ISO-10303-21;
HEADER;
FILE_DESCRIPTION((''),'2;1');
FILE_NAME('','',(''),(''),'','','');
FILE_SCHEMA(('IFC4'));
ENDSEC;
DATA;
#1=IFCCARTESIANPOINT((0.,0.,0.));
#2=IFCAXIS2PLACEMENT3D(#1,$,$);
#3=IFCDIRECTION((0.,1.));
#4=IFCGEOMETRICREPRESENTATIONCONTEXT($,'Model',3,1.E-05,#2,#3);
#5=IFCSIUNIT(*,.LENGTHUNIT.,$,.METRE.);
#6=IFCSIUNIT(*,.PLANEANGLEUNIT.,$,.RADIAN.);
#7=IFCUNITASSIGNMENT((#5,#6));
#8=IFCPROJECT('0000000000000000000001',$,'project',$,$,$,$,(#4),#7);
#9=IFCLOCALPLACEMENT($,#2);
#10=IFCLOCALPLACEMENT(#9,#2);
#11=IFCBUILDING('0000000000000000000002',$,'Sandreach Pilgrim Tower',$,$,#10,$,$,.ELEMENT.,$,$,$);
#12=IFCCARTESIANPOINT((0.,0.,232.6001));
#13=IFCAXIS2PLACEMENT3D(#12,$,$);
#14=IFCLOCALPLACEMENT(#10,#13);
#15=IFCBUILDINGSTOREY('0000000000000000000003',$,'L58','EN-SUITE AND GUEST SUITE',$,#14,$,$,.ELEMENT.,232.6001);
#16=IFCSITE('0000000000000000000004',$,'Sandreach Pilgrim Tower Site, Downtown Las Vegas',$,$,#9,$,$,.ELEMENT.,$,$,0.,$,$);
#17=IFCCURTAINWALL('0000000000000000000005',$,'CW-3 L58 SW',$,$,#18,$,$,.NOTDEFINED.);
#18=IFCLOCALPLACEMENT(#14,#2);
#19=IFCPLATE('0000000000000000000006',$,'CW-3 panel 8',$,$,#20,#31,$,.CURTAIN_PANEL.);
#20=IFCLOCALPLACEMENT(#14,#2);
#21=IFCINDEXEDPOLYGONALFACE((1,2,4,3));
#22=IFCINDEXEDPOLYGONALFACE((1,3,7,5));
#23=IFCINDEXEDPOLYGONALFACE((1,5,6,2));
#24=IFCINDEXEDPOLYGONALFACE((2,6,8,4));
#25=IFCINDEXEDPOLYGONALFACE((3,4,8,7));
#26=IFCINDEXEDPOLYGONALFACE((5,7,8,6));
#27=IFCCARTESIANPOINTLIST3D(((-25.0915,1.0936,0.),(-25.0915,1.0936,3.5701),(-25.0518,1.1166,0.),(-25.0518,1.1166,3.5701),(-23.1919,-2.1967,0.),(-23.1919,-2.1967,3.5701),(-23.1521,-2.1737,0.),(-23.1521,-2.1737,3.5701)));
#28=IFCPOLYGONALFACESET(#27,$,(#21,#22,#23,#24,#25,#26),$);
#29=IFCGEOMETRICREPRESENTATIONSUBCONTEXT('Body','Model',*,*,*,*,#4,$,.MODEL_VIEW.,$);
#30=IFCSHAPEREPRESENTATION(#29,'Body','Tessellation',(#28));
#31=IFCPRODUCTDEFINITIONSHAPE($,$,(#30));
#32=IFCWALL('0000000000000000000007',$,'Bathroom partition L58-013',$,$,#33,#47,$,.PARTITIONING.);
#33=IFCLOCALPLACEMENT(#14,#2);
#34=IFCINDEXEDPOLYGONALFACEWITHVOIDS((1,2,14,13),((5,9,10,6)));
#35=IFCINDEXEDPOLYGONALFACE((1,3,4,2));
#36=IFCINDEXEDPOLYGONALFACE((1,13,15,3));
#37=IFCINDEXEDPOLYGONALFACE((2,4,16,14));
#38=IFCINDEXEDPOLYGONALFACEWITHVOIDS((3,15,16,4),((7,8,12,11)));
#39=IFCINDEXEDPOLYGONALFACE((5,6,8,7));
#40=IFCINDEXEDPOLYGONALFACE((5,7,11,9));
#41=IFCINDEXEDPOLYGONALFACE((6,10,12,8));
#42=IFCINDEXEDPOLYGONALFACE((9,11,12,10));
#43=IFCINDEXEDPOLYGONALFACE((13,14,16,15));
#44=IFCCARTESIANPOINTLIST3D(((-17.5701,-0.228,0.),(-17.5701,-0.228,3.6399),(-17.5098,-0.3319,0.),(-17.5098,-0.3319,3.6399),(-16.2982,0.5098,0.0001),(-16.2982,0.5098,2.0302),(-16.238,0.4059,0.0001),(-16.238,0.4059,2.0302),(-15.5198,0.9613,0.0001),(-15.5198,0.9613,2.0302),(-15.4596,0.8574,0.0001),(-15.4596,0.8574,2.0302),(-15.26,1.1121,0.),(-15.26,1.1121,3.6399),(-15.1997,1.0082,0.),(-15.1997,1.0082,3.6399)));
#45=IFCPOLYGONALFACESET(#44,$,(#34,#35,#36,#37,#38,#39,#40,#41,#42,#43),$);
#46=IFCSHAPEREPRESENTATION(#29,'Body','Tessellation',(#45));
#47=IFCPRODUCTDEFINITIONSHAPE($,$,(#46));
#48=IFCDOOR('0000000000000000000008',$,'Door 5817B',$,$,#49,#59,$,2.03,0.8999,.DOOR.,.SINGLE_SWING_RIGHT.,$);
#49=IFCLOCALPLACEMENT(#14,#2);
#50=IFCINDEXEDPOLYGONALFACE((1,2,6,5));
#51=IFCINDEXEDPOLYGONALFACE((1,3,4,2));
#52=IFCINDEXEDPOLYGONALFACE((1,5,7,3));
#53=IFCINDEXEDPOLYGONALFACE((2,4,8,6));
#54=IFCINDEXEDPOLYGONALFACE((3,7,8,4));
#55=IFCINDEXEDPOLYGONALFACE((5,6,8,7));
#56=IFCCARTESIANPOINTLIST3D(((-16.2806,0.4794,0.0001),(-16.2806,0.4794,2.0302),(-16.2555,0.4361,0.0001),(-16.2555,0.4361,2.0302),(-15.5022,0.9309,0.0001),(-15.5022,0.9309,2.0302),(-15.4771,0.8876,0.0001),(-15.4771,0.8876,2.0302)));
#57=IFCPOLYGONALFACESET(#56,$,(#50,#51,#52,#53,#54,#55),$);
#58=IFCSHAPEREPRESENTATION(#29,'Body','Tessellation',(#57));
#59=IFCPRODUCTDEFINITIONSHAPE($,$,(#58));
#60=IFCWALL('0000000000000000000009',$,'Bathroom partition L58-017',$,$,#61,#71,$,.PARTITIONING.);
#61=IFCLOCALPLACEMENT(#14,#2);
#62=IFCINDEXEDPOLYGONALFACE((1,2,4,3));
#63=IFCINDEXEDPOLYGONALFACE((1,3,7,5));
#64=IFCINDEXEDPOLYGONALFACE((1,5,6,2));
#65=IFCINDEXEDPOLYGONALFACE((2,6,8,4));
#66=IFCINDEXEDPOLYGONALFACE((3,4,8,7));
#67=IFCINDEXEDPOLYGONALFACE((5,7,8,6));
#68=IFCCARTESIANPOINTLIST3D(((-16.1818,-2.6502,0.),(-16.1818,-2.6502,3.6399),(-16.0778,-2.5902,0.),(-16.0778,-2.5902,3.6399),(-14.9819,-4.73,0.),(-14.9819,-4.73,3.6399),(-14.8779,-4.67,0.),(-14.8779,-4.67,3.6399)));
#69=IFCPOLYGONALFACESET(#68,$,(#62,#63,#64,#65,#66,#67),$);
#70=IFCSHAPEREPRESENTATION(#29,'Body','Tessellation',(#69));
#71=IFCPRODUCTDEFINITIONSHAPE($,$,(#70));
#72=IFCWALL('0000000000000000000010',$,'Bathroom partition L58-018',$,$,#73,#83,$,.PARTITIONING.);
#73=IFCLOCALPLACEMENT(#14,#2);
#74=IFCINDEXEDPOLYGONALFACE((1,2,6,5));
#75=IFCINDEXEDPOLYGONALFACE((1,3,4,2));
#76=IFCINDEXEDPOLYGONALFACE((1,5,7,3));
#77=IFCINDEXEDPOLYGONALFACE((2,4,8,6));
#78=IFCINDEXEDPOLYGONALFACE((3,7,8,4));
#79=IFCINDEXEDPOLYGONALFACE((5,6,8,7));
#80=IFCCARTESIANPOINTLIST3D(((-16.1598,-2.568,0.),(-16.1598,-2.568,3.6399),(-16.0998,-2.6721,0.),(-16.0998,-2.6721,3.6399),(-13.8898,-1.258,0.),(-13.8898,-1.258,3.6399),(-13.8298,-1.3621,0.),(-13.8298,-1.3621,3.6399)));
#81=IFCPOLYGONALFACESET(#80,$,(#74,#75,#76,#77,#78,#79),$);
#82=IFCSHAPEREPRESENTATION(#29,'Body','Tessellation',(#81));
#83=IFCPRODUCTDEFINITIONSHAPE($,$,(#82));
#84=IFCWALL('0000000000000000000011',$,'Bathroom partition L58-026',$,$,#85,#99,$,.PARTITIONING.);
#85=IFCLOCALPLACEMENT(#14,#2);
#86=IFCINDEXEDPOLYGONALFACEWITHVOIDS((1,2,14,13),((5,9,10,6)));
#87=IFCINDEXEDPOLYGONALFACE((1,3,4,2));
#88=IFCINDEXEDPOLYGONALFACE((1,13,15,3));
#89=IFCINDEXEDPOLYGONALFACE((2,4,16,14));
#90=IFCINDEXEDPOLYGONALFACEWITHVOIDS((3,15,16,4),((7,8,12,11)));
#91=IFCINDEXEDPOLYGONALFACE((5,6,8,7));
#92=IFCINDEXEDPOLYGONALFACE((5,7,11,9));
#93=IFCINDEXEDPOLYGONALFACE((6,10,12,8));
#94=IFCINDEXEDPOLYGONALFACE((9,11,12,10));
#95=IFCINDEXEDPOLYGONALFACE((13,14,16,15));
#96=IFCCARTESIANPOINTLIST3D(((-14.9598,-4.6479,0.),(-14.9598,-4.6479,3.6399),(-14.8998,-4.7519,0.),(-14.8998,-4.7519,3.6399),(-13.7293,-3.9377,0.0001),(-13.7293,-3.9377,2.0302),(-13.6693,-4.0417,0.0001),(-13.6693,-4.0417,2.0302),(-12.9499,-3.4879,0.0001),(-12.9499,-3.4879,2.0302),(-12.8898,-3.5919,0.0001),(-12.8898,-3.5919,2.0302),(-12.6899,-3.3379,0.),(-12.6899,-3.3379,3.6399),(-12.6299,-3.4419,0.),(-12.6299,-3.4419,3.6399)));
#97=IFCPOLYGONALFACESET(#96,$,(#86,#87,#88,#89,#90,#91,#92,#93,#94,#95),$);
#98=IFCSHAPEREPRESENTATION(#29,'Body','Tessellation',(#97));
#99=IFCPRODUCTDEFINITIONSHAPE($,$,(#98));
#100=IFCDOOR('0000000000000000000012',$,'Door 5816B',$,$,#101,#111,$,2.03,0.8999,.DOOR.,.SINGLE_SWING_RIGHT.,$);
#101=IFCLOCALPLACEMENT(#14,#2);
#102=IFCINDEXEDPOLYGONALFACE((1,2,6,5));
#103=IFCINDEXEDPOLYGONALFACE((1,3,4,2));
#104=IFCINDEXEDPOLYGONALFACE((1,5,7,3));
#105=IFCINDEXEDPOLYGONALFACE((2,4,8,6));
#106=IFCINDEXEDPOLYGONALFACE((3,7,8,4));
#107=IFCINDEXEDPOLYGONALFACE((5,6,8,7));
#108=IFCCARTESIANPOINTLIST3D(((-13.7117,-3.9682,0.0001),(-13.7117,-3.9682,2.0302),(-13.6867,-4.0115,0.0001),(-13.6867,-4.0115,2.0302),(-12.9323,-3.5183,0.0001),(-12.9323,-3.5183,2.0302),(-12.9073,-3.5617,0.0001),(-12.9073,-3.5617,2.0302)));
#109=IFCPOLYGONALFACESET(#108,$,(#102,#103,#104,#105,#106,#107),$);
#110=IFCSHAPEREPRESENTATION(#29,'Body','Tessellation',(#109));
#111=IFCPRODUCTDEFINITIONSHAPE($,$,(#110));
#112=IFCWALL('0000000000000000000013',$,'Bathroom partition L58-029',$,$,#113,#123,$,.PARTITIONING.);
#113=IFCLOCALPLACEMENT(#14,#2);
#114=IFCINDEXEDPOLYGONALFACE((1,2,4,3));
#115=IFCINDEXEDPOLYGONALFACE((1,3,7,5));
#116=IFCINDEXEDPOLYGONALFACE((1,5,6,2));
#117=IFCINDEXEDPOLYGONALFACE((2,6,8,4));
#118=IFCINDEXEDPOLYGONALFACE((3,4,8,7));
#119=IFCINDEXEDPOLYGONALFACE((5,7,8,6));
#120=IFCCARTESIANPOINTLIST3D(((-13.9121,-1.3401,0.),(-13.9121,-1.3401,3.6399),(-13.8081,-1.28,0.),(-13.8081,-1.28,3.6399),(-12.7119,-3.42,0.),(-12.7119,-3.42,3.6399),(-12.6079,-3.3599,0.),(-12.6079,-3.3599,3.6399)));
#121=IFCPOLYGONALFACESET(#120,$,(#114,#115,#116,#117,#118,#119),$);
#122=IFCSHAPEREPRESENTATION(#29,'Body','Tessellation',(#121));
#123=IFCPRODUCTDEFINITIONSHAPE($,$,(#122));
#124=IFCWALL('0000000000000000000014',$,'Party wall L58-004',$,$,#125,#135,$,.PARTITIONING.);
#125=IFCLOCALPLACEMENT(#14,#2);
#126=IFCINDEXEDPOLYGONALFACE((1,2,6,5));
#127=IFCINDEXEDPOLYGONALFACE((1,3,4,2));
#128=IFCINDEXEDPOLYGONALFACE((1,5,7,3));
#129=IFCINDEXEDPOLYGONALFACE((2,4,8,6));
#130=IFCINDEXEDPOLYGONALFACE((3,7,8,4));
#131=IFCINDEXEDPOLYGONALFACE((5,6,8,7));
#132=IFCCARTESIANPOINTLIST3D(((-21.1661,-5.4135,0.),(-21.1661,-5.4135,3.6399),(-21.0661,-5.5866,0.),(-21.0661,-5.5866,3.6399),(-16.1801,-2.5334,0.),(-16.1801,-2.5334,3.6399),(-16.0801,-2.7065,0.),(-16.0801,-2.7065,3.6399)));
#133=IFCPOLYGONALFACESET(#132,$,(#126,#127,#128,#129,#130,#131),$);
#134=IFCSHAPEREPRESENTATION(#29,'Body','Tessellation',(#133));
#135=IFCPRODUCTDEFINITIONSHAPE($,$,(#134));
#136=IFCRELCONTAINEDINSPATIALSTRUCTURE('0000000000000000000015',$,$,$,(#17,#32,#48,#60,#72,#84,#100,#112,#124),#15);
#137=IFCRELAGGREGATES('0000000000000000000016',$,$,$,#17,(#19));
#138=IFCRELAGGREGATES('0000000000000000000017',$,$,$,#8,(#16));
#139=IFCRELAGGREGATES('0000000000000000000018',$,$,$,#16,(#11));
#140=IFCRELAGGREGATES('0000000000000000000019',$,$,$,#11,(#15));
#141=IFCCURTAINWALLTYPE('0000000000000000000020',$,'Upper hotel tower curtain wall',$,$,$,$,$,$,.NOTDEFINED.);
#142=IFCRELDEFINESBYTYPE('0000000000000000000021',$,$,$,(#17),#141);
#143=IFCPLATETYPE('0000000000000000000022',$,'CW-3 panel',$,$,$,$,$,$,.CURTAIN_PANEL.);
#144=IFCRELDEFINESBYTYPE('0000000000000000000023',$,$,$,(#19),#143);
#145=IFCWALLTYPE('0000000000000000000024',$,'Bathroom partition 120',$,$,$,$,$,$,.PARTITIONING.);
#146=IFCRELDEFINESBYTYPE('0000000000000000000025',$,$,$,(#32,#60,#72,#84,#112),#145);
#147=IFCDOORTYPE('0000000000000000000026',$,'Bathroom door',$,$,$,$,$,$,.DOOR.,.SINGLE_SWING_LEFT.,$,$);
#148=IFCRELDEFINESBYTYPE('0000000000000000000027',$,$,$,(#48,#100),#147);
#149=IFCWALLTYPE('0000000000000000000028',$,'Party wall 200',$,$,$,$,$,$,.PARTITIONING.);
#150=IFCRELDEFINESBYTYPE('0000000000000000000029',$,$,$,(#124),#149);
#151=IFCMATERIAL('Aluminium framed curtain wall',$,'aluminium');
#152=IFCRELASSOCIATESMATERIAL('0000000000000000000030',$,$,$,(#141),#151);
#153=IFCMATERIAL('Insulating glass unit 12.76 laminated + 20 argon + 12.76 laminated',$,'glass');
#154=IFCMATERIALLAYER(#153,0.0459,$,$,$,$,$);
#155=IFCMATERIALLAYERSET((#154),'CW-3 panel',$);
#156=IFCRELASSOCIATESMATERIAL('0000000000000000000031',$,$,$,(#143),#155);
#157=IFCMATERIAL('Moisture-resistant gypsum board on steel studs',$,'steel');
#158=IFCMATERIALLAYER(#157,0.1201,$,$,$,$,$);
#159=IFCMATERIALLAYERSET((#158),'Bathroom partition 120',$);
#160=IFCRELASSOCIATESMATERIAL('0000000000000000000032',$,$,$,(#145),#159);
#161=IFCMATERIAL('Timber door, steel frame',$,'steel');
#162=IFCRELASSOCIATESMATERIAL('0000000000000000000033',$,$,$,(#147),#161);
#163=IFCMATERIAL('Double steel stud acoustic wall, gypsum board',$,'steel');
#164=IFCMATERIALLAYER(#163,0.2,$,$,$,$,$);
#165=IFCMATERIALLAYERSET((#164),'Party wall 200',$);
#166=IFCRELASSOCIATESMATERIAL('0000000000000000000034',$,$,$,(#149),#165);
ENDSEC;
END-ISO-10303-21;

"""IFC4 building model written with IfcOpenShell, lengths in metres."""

from ifc_helpers import new_model, si_unit, direction, frame, frame_2d, origin, origin_2d, place, context, subcontext, project, spatial, rectangle, extrude, material, layer, layer_set, type_object, element, fill, aggregate, save


model = new_model("IFC4")

# Units and contexts
model_context = context("Model", 3, precision=1e-05, world=origin(), true_north=direction((0.0, 1.0)))
body_context = subcontext(model_context, "Body", "Model", "MODEL_VIEW")
ifc_project = project(units=[si_unit("LENGTHUNIT", "METRE"), si_unit("PLANEANGLEUNIT", "RADIAN")], contexts=[model_context])

# Site, building, storey
site_placement = place(None, origin())
site = spatial("IfcSite", under=ifc_project, at=site_placement, Name="Sandreach Pilgrim Tower Site, Downtown Las Vegas", CompositionType="ELEMENT", RefElevation=0.0)
building_placement = place(site_placement, origin())
building = spatial("IfcBuilding", under=site, at=building_placement, Name="Sandreach Pilgrim Tower", CompositionType="ELEMENT")
storey_placement = place(building_placement, frame((0.0, 0.0, 232.6001)))
storey = spatial("IfcBuildingStorey", under=building, at=storey_placement, Name="L58", Description="EN-SUITE AND GUEST SUITE", CompositionType="ELEMENT", Elevation=232.6001)

# Curtain wall
ifc_material_1 = material(Name="Aluminium framed curtain wall", Category="aluminium")
curtain_wall_type = type_object("IfcCurtainWallType", Name="Upper hotel tower curtain wall", PredefinedType="NOTDEFINED", material=ifc_material_1)
curtain_wall_placement = place(storey_placement, origin())
curtain_wall = element("IfcCurtainWall", 1, at=curtain_wall_placement, inside=storey, type_object=curtain_wall_type, Name="CW-3 L58 SW", PredefinedType="NOTDEFINED")

# Plate
ifc_material_2 = material(Name="Insulating glass unit 12.76 laminated + 20 argon + 12.76 laminated", Category="glass")
ifc_layer_1 = layer(ifc_material_2, 0.0459)
ifc_layer_set_1 = layer_set([ifc_layer_1], Name="CW-3 panel")
plate_type = type_object("IfcPlateType", Name="CW-3 panel", PredefinedType="CURTAIN_PANEL", material=ifc_layer_set_1)
plate_1_placement = place(storey_placement, frame((-24.1218, -0.54, 0.0), z_axis=(0.0, 0.0, 1.0), x_axis=(-0.5, 0.866025, 0.0)))
plate_1 = element("IfcPlate", 2, at=plate_1_placement, type_object=plate_type, Name="CW-3 panel 8", PredefinedType="CURTAIN_PANEL", context=body_context, shape_type="SweptSolid", body=[
    extrude(rectangle(XDim=3.7993, YDim=0.0459, at=origin_2d()), origin(), (0.0, 0.0, 1.0), 3.5701),
])
aggregate(curtain_wall, [plate_1])

# Wall, opening, door
ifc_material_3 = material(Name="Moisture-resistant gypsum board on steel studs", Category="steel")
ifc_layer_2 = layer(ifc_material_3, 0.1201)
ifc_layer_set_2 = layer_set([ifc_layer_2], Name="Bathroom partition 120")
wall_type_1 = type_object("IfcWallType", Name="Bathroom partition 120", PredefinedType="PARTITIONING", material=ifc_layer_set_2)
wall_1_placement = place(storey_placement, frame((-17.54, -0.28, 0.0), z_axis=(0.0, 0.0, 1.0), x_axis=(0.86499, 0.501789, 0.0)))
wall_1 = element("IfcWall", 3, at=wall_1_placement, inside=storey, type_object=wall_type_1, Name="Bathroom partition L58-013", PredefinedType="PARTITIONING", context=body_context, shape_type="SweptSolid", body=[
    extrude(rectangle(XDim=2.6707, YDim=0.1201, at=frame_2d((1.3354, 0.0))), origin(), (0.0, 0.0, 1.0), 3.6399),
])
opening_1_placement = place(wall_1_placement, frame((1.4705, 0.0, 0.0)))
opening_1 = element("IfcOpeningElement", 4, at=opening_1_placement, cuts=wall_1, PredefinedType="OPENING", context=body_context, shape_type="SweptSolid", body=[
    extrude(rectangle(XDim=0.8999, YDim=2.03, at=frame_2d((0.45, 1.0151))), frame((0.0, 0.0601, 0.0), z_axis=(0.0, -1.0, 0.0), x_axis=(1.0, 0.0, 0.0)), (0.0, 0.0, 1.0), 0.1201),
])
ifc_material_4 = material(Name="Timber door, steel frame", Category="steel")
door_type_1 = type_object("IfcDoorType", Name="Bathroom door", OperationType="SINGLE_SWING_LEFT", PredefinedType="DOOR", material=ifc_material_4)
door_1_placement = place(opening_1_placement, origin())
door_1 = element("IfcDoor", 5, at=door_1_placement, inside=storey, type_object=door_type_1, Name="Door 5817B", OperationType="SINGLE_SWING_RIGHT", OverallHeight=2.03, OverallWidth=0.8999, PredefinedType="DOOR", context=body_context, shape_type="SweptSolid", body=[
    extrude(rectangle(XDim=0.8999, YDim=2.03, at=frame_2d((0.45, 1.0151))), frame((0.0, 0.0249, 0.0), z_axis=(0.0, -1.0, 0.0), x_axis=(1.0, 0.0, 0.0)), (0.0, 0.0, 1.0), 0.05),
])
fill(opening_1, door_1)

# Walls
wall_2_placement = place(storey_placement, frame((-16.1299, -2.6201, 0.0), z_axis=(0.0, 0.0, 1.0), x_axis=(0.499737, -0.866177, 0.0)))
element("IfcWall", 6, at=wall_2_placement, inside=storey, type_object=wall_type_1, Name="Bathroom partition L58-017", PredefinedType="PARTITIONING", context=body_context, shape_type="SweptSolid", body=[
    extrude(rectangle(XDim=2.4011, YDim=0.1201, at=frame_2d((1.2007, 0.0))), origin(), (0.0, 0.0, 1.0), 3.6399),
])
wall_3_placement = place(storey_placement, frame((-16.1299, -2.6201, 0.0), z_axis=(0.0, 0.0, 1.0), x_axis=(0.866114, 0.499846, 0.0)))
element("IfcWall", 7, at=wall_3_placement, inside=storey, type_object=wall_type_1, Name="Bathroom partition L58-018", PredefinedType="PARTITIONING", context=body_context, shape_type="SweptSolid", body=[
    extrude(rectangle(XDim=2.6208, YDim=0.1201, at=frame_2d((1.3105, 0.0))), origin(), (0.0, 0.0, 1.0), 3.6399),
])

# Wall, opening, door
wall_4_placement = place(storey_placement, frame((-14.9299, -4.7, 0.0), z_axis=(0.0, 0.0, 1.0), x_axis=(0.866114, 0.499846, 0.0)))
wall_4 = element("IfcWall", 8, at=wall_4_placement, inside=storey, type_object=wall_type_1, Name="Bathroom partition L58-026", PredefinedType="PARTITIONING", context=body_context, shape_type="SweptSolid", body=[
    extrude(rectangle(XDim=2.6208, YDim=0.1201, at=frame_2d((1.3105, 0.0))), origin(), (0.0, 0.0, 1.0), 3.6399),
])
opening_2_placement = place(wall_4_placement, frame((1.4209, 0.0, 0.0)))
opening_2 = element("IfcOpeningElement", 9, at=opening_2_placement, cuts=wall_4, PredefinedType="OPENING", context=body_context, shape_type="SweptSolid", body=[
    extrude(rectangle(XDim=0.8999, YDim=2.03, at=frame_2d((0.45, 1.0151))), frame((0.0, 0.0601, 0.0), z_axis=(0.0, -1.0, 0.0), x_axis=(1.0, 0.0, 0.0)), (0.0, 0.0, 1.0), 0.1201),
])
door_2_placement = place(opening_2_placement, origin())
door_2 = element("IfcDoor", 10, at=door_2_placement, inside=storey, type_object=door_type_1, Name="Door 5816B", OperationType="SINGLE_SWING_RIGHT", OverallHeight=2.03, OverallWidth=0.8999, PredefinedType="DOOR", context=body_context, shape_type="SweptSolid", body=[
    extrude(rectangle(XDim=0.8999, YDim=2.03, at=frame_2d((0.45, 1.0151))), frame((0.0, 0.0249, 0.0), z_axis=(0.0, -1.0, 0.0), x_axis=(1.0, 0.0, 0.0)), (0.0, 0.0, 1.0), 0.05),
])
fill(opening_2, door_2)

# Wall
wall_5_placement = place(storey_placement, frame((-13.8601, -1.3101, 0.0), z_axis=(0.0, 0.0, 1.0), x_axis=(0.499813, -0.866133, 0.0)))
element("IfcWall", 11, at=wall_5_placement, inside=storey, type_object=wall_type_1, Name="Bathroom partition L58-029", PredefinedType="PARTITIONING", context=body_context, shape_type="SweptSolid", body=[
    extrude(rectangle(XDim=2.4014, YDim=0.1201, at=frame_2d((1.2007, 0.0))), origin(), (0.0, 0.0, 1.0), 3.6399),
])

# Wall
ifc_material_5 = material(Name="Double steel stud acoustic wall, gypsum board", Category="steel")
ifc_layer_3 = layer(ifc_material_5, 0.2)
ifc_layer_set_3 = layer_set([ifc_layer_3], Name="Party wall 200")
wall_type_2 = type_object("IfcWallType", Name="Party wall 200", PredefinedType="PARTITIONING", material=ifc_layer_set_3)
wall_6_placement = place(storey_placement, frame((-21.116, -5.5, 0.0), z_axis=(0.0, 0.0, 1.0), x_axis=(0.865919, 0.500184, 0.0)))
element("IfcWall", 12, at=wall_6_placement, inside=storey, type_object=wall_type_2, Name="Party wall L58-004", PredefinedType="PARTITIONING", context=body_context, shape_type="SweptSolid", body=[
    extrude(rectangle(XDim=5.7581, YDim=0.2, at=frame_2d((2.8789, 0.0))), origin(), (0.0, 0.0, 1.0), 3.6399),
])

save(model, "model.ifc")
